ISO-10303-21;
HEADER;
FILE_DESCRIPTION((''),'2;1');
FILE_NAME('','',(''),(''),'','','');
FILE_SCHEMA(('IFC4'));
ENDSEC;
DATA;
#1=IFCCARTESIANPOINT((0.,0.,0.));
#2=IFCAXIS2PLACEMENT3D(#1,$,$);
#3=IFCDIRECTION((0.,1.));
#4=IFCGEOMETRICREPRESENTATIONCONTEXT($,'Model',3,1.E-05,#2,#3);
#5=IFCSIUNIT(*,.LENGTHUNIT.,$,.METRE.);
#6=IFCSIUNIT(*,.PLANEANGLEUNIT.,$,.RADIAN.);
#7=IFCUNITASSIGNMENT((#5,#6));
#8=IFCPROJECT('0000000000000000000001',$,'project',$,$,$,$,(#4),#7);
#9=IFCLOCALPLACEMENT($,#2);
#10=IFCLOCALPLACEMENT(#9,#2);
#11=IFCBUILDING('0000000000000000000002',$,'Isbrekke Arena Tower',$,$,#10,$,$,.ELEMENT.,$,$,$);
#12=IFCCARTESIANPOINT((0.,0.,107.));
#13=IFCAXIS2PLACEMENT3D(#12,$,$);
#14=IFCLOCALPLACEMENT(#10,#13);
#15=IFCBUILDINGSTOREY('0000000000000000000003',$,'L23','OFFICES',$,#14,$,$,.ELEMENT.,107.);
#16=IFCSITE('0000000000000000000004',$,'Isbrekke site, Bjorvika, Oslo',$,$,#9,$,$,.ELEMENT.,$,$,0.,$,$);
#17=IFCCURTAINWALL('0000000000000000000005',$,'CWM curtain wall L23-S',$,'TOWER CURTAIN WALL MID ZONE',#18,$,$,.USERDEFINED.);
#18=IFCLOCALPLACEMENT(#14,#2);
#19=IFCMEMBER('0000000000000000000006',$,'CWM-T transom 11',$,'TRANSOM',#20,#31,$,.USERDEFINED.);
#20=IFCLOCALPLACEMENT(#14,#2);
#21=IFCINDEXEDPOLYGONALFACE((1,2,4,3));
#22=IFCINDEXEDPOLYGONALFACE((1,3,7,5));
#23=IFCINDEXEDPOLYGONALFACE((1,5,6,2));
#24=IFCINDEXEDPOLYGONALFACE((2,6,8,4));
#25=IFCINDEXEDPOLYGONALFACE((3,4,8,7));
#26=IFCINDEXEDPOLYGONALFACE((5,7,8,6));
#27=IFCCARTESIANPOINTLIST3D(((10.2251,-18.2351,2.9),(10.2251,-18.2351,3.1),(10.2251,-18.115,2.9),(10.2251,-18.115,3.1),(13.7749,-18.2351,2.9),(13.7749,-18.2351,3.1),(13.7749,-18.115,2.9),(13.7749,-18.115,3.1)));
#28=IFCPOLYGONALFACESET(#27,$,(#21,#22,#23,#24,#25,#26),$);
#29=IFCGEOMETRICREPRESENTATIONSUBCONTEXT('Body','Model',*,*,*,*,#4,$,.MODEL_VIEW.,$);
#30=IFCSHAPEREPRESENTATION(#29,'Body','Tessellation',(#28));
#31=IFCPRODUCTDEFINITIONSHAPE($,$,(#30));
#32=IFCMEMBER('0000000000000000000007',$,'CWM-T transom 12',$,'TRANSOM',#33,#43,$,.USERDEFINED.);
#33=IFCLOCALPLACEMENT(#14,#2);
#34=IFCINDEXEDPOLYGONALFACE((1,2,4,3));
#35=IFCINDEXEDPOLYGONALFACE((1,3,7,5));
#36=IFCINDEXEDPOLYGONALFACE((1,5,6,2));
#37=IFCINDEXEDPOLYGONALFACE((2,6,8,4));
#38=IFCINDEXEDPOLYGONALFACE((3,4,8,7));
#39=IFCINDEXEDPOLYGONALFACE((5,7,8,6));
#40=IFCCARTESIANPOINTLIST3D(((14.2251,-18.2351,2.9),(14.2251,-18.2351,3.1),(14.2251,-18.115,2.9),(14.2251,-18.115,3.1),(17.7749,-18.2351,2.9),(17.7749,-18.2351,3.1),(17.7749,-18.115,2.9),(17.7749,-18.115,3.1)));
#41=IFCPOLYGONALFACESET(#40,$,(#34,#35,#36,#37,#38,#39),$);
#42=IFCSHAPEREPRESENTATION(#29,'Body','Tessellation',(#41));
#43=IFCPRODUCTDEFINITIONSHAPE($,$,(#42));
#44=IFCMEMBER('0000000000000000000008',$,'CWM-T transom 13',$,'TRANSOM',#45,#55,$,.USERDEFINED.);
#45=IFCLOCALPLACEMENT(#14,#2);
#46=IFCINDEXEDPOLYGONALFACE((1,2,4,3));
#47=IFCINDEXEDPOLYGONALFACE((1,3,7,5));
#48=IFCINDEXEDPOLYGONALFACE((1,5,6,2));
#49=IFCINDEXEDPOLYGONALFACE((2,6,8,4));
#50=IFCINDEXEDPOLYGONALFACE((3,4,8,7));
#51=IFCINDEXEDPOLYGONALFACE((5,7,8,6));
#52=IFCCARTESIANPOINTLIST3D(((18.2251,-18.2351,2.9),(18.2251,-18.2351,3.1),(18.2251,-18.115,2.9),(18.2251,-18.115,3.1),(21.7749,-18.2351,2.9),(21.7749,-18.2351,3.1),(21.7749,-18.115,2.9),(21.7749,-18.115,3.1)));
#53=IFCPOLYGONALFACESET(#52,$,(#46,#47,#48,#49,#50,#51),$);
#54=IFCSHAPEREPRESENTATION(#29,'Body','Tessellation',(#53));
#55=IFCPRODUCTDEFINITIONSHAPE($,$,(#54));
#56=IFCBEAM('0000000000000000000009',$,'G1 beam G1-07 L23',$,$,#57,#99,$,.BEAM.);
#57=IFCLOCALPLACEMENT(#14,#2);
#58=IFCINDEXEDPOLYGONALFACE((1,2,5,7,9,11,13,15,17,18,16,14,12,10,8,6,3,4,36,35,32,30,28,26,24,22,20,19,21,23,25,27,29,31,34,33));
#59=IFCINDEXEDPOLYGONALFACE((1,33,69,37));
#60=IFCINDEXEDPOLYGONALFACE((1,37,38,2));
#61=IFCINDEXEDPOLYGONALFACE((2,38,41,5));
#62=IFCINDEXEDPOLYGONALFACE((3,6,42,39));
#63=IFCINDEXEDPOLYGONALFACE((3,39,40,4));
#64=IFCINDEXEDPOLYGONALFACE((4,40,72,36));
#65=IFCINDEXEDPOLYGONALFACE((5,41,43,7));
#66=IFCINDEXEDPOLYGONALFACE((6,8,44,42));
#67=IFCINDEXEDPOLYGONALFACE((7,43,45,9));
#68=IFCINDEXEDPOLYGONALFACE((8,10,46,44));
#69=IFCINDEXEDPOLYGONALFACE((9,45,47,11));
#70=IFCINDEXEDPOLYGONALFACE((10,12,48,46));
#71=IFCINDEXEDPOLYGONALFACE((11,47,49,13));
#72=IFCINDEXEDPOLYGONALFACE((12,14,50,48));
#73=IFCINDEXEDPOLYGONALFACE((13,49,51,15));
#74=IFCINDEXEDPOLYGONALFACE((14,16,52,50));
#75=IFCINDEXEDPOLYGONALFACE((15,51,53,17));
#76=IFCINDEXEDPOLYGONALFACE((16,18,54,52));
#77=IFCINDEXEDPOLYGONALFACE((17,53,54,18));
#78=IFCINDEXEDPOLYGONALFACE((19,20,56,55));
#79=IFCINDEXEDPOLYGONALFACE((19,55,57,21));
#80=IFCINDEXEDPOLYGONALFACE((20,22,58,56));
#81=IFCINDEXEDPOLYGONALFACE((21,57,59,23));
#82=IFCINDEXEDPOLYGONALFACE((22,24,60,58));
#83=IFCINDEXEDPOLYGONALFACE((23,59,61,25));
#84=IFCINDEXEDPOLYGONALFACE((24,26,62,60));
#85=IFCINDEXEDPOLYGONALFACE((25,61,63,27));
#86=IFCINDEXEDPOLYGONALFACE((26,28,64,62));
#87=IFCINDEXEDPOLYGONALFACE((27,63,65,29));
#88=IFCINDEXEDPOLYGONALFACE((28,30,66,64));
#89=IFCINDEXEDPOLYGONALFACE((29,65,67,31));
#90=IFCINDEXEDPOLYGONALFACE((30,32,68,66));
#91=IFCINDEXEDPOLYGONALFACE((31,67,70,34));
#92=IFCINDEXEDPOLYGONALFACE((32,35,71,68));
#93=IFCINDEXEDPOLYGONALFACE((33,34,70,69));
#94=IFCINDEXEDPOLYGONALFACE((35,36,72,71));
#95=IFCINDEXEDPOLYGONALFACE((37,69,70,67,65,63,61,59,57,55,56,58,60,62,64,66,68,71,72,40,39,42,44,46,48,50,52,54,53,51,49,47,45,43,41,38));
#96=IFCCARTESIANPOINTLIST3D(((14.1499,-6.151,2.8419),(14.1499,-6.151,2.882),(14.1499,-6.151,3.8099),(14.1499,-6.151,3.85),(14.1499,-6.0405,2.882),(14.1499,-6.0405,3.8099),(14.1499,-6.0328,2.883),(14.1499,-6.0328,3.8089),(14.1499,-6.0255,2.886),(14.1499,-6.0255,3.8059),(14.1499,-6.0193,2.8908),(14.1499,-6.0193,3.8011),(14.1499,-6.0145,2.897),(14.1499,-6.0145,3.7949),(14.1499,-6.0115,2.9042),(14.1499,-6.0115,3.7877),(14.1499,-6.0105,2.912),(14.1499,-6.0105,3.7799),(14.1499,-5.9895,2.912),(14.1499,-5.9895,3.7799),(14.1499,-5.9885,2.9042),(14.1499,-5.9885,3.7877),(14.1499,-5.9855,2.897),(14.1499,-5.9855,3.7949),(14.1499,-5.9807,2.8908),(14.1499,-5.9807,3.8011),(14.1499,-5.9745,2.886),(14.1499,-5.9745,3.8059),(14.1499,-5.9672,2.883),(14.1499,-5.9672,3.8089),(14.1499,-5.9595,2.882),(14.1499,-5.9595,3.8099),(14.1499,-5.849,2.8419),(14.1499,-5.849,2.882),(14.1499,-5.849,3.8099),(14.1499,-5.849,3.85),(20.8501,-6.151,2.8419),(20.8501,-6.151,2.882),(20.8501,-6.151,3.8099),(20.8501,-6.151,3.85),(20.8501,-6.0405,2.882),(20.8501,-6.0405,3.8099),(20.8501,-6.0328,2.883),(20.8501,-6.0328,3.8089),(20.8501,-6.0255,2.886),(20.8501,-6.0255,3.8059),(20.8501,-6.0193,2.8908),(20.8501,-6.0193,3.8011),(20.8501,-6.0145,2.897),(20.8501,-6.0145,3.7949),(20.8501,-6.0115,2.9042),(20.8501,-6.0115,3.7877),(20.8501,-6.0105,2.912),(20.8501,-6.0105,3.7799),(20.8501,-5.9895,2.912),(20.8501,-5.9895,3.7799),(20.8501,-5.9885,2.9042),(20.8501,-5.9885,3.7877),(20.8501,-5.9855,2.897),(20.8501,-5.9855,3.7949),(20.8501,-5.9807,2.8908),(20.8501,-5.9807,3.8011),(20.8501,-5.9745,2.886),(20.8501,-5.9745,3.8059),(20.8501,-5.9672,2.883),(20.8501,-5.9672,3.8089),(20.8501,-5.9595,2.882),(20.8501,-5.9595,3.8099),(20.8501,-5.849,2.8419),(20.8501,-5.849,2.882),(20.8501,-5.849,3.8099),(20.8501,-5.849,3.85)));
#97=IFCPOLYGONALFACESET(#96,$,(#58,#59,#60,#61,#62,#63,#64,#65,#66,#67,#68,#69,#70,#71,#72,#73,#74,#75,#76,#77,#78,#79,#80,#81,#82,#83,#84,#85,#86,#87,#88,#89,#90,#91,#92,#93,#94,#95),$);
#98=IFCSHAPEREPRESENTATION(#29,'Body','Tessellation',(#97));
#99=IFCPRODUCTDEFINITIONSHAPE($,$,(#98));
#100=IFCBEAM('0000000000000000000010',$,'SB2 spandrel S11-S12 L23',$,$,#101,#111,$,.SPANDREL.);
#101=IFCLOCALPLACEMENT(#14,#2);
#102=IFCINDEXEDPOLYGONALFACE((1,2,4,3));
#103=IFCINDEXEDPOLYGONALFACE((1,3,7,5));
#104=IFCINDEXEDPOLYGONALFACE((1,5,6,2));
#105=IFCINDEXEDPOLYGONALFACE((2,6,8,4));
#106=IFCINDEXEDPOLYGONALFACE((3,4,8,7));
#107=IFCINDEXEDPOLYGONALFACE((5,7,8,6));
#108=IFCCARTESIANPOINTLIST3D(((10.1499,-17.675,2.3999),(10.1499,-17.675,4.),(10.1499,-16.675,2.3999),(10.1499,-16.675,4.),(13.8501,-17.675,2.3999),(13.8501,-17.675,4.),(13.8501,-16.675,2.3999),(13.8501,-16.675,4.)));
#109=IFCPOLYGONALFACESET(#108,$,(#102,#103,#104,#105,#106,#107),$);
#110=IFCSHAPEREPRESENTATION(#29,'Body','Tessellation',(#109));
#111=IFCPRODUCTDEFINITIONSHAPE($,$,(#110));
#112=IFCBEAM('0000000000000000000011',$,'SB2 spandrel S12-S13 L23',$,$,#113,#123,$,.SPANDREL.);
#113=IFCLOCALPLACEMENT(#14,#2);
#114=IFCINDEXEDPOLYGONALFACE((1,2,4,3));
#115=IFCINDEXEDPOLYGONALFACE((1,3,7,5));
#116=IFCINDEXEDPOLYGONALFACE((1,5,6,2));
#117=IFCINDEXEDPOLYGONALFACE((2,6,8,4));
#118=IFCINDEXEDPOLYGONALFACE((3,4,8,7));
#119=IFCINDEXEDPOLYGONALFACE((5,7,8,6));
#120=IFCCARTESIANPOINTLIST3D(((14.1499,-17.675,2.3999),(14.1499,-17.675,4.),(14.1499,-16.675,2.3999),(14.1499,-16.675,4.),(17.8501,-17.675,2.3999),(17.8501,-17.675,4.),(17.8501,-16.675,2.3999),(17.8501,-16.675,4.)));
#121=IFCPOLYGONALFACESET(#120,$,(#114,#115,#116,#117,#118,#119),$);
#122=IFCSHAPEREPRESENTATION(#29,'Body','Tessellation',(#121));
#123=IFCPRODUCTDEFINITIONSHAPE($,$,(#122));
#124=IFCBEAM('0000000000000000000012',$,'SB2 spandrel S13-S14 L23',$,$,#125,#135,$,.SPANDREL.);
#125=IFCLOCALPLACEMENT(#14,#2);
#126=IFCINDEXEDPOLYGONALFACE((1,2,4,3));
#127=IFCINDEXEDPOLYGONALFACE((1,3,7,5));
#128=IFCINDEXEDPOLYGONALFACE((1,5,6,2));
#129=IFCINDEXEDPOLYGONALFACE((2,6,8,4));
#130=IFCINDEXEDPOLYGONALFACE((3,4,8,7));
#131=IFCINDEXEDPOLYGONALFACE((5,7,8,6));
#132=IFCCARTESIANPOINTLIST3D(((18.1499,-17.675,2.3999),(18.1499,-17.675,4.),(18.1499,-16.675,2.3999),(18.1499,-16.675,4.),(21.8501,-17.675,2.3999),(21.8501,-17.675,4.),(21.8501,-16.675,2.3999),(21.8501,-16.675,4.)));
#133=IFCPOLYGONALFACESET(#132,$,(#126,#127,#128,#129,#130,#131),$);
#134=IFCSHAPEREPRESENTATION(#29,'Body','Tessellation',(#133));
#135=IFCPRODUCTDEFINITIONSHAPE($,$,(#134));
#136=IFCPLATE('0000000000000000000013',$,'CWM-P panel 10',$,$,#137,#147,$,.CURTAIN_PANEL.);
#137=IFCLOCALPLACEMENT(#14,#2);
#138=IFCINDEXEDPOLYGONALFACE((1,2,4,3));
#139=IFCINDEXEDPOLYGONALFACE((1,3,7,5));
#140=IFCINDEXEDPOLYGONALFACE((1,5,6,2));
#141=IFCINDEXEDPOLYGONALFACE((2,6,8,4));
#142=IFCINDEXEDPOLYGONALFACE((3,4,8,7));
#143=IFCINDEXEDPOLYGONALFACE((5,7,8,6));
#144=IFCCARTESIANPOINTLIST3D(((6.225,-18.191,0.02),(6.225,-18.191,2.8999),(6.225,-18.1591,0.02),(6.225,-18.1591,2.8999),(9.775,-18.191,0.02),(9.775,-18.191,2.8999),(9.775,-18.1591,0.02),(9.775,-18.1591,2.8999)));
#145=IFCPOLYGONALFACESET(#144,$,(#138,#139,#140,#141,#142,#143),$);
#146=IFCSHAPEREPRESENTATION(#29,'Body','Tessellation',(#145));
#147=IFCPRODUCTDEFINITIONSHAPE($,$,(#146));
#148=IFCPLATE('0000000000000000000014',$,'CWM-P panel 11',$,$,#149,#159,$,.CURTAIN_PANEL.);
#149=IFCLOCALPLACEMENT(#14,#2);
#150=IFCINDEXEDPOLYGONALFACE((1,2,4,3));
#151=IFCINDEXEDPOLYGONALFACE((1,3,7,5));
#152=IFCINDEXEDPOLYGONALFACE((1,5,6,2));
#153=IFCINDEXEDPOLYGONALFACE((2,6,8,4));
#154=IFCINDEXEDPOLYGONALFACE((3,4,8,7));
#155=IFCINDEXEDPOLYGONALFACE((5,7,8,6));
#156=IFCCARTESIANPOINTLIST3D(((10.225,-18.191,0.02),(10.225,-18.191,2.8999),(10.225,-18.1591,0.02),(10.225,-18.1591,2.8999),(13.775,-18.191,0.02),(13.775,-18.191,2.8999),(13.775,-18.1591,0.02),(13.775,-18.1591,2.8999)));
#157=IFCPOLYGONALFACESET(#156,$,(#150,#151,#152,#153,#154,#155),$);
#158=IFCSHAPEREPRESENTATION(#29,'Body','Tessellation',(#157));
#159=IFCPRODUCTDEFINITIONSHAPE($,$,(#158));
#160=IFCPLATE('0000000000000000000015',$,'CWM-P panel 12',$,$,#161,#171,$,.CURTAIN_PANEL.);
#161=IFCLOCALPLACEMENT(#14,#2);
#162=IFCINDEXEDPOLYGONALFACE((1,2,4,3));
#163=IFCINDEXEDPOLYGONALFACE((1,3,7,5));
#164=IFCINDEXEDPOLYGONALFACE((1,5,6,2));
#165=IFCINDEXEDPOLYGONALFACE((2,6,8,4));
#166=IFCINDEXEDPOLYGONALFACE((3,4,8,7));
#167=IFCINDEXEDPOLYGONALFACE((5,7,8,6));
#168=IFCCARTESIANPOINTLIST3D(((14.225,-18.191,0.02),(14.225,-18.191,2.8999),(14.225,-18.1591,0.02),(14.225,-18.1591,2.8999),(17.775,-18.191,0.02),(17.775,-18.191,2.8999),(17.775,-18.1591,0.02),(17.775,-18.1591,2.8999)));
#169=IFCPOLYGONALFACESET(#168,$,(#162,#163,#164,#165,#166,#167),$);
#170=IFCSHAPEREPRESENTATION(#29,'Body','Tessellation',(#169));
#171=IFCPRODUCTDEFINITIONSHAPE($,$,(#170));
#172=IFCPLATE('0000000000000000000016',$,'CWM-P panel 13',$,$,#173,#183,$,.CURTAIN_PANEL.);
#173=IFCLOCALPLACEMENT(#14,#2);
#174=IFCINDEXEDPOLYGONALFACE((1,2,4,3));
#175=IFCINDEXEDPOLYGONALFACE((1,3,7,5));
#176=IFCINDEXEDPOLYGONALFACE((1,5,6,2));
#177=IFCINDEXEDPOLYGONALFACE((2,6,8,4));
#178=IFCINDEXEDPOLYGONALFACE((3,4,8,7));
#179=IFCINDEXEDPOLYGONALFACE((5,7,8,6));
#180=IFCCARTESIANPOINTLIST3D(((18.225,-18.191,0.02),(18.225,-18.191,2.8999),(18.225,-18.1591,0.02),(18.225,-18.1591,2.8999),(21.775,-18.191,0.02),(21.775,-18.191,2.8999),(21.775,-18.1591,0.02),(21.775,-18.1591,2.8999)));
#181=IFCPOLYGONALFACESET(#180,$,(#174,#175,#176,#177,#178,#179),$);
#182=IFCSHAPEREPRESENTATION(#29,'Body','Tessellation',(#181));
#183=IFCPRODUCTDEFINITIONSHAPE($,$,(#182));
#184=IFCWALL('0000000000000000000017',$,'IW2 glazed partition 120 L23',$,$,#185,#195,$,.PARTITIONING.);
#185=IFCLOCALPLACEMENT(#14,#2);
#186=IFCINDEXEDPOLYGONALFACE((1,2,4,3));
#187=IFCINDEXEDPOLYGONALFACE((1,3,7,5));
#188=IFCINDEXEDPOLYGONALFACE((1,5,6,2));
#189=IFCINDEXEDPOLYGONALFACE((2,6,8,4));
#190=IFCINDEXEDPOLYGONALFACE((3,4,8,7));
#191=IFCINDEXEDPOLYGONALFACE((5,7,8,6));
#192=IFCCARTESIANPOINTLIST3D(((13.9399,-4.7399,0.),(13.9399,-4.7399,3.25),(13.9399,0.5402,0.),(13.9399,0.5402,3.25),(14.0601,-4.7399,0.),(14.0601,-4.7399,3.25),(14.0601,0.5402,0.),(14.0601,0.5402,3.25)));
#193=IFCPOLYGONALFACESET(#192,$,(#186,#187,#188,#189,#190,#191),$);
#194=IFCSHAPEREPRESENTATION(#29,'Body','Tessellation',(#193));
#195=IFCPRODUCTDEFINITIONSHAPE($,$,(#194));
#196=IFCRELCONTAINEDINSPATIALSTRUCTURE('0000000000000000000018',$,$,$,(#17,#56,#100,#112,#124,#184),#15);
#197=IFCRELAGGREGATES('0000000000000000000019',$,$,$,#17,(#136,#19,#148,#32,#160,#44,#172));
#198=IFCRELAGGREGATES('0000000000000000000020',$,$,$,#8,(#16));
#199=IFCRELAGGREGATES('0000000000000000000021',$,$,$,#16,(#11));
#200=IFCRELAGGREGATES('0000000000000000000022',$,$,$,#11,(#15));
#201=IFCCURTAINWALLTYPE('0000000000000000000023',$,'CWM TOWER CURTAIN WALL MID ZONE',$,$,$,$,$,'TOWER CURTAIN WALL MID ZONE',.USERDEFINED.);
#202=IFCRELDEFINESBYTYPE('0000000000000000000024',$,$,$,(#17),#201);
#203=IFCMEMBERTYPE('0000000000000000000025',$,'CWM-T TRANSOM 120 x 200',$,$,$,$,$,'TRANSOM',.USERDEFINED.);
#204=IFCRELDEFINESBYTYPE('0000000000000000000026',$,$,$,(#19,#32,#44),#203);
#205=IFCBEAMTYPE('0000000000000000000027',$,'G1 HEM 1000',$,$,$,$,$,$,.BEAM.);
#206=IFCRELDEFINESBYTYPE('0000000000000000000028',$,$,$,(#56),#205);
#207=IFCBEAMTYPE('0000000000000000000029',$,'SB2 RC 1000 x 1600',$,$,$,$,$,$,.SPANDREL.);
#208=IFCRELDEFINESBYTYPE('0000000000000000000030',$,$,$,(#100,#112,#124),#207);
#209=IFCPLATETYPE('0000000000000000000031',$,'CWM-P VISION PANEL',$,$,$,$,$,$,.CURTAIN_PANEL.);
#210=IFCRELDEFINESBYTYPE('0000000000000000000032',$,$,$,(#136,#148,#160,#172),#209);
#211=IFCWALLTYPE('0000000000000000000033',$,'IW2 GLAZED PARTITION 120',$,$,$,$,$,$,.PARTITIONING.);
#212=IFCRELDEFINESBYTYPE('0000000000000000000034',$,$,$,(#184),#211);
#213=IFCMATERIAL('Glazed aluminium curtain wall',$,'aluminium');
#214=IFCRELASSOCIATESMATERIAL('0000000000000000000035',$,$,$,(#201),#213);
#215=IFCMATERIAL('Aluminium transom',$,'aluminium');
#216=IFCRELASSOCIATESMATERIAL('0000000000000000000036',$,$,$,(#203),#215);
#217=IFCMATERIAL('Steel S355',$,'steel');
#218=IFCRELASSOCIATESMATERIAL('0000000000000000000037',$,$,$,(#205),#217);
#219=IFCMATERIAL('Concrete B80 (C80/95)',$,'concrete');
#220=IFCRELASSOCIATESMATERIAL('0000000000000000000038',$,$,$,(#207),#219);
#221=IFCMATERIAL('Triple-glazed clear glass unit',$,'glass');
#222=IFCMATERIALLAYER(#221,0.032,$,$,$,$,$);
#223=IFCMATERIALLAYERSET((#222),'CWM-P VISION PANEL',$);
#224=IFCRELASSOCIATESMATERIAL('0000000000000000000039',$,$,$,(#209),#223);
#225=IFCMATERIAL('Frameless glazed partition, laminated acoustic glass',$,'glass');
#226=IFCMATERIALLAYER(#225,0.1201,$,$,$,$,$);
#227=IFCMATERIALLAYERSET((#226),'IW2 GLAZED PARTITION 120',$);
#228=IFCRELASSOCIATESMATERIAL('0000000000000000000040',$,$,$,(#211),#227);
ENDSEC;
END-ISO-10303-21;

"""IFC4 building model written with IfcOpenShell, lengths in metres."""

from ifc_helpers import new_model, si_unit, direction, frame, frame_2d, origin, origin_2d, place, context, subcontext, project, spatial, rectangle, i_section, extrude, material, layer, layer_set, material_profile, profile_set, type_object, element, aggregate, save


model = new_model("IFC4")

# Units and contexts
model_context = context("Model", 3, precision=1e-05, world=origin(), true_north=direction((0.0, 1.0)))
body_context = subcontext(model_context, "Body", "Model", "MODEL_VIEW")
ifc_project = project(units=[si_unit("LENGTHUNIT", "METRE"), si_unit("PLANEANGLEUNIT", "RADIAN")], contexts=[model_context])

# Site, building, storey
site_placement = place(None, origin())
site = spatial("IfcSite", under=ifc_project, at=site_placement, Name="Isbrekke site, Bjorvika, Oslo", CompositionType="ELEMENT", RefElevation=0.0)
building_placement = place(site_placement, origin())
building = spatial("IfcBuilding", under=site, at=building_placement, Name="Isbrekke Arena Tower", CompositionType="ELEMENT")
storey_placement = place(building_placement, frame((0.0, 0.0, 107.0)))
storey = spatial("IfcBuildingStorey", under=building, at=storey_placement, Name="L23", Description="OFFICES", CompositionType="ELEMENT", Elevation=107.0)

# Curtain wall, members
ifc_material_1 = material(Name="Glazed aluminium curtain wall", Category="aluminium")
curtain_wall_type = type_object("IfcCurtainWallType", Name="CWM TOWER CURTAIN WALL MID ZONE", ElementType="TOWER CURTAIN WALL MID ZONE", PredefinedType="USERDEFINED", material=ifc_material_1)
curtain_wall_placement = place(storey_placement, origin())
curtain_wall = element("IfcCurtainWall", 1, at=curtain_wall_placement, inside=storey, type_object=curtain_wall_type, Name="CWM curtain wall L23-S", ObjectType="TOWER CURTAIN WALL MID ZONE", PredefinedType="USERDEFINED")
ifc_material_2 = material(Name="Aluminium transom", Category="aluminium")
ifc_material_profile_1 = material_profile(ifc_material_2, rectangle(XDim=0.1201, YDim=0.2, at=origin_2d()), Name="TRANSOM 120X200")
ifc_profile_set_1 = profile_set([ifc_material_profile_1], Name="Aluminium transom")
member_type_1 = type_object("IfcMemberType", Name="CWM-T TRANSOM 120 x 200", ElementType="TRANSOM", PredefinedType="USERDEFINED", material=ifc_profile_set_1)
member_1_placement = place(storey_placement, frame((10.2251, -18.175, 3.0), z_axis=(1.0, 0.0, 0.0), x_axis=(0.0, 1.0, 0.0)))
member_1 = element("IfcMember", 2, at=member_1_placement, type_object=member_type_1, Name="CWM-T transom 11", ObjectType="TRANSOM", PredefinedType="USERDEFINED", context=body_context, shape_type="SweptSolid", body=[
    extrude(rectangle(XDim=0.1201, YDim=0.2, at=origin_2d()), origin(), (0.0, 0.0, 1.0), 3.5498),
])
member_2_placement = place(storey_placement, frame((14.2251, -18.175, 3.0), z_axis=(1.0, 0.0, 0.0), x_axis=(0.0, 1.0, 0.0)))
member_2 = element("IfcMember", 3, at=member_2_placement, type_object=member_type_1, Name="CWM-T transom 12", ObjectType="TRANSOM", PredefinedType="USERDEFINED", context=body_context, shape_type="SweptSolid", body=[
    extrude(rectangle(XDim=0.1201, YDim=0.2, at=origin_2d()), origin(), (0.0, 0.0, 1.0), 3.5498),
])
member_3_placement = place(storey_placement, frame((18.2251, -18.175, 3.0), z_axis=(1.0, 0.0, 0.0), x_axis=(0.0, 1.0, 0.0)))
member_3 = element("IfcMember", 4, at=member_3_placement, type_object=member_type_1, Name="CWM-T transom 13", ObjectType="TRANSOM", PredefinedType="USERDEFINED", context=body_context, shape_type="SweptSolid", body=[
    extrude(rectangle(XDim=0.1201, YDim=0.2, at=origin_2d()), origin(), (0.0, 0.0, 1.0), 3.5498),
])

# Beams
ifc_material_3 = material(Name="Steel S355", Category="steel")
ifc_material_profile_2 = material_profile(ifc_material_3, i_section(OverallWidth=0.302, OverallDepth=1.0081, WebThickness=0.021, FlangeThickness=0.04, FilletRadius=0.03, at=origin_2d()), Name="HEM 1000")
ifc_profile_set_2 = profile_set([ifc_material_profile_2], Name="Steel S355")
beam_type_1 = type_object("IfcBeamType", Name="G1 HEM 1000", PredefinedType="BEAM", material=ifc_profile_set_2)
beam_1_placement = place(storey_placement, frame((14.1499, -6.0, 3.3459), z_axis=(1.0, 0.0, 0.0), x_axis=(0.0, 1.0, 0.0)))
element("IfcBeam", 5, at=beam_1_placement, inside=storey, type_object=beam_type_1, Name="G1 beam G1-07 L23", PredefinedType="BEAM", context=body_context, shape_type="SweptSolid", body=[
    extrude(i_section(OverallWidth=0.302, OverallDepth=1.0081, WebThickness=0.021, FlangeThickness=0.04, FilletRadius=0.03, at=origin_2d()), origin(), (0.0, 0.0, 1.0), 6.7002),
])
ifc_material_4 = material(Name="Concrete B80 (C80/95)", Category="concrete")
ifc_material_profile_3 = material_profile(ifc_material_4, rectangle(XDim=1.0, YDim=1.6001, at=origin_2d()), Name="RC 1000x1600")
ifc_profile_set_3 = profile_set([ifc_material_profile_3], Name="Concrete B80 (C80/95)")
beam_type_2 = type_object("IfcBeamType", Name="SB2 RC 1000 x 1600", PredefinedType="SPANDREL", material=ifc_profile_set_3)
for number, where, z_axis, x_axis, name in (
    (6, (10.1499, -17.175, 3.2), (1.0, 0.0, 0.0), (0.0, 1.0, 0.0), "SB2 spandrel S11-S12 L23"),
    (7, (14.1499, -17.175, 3.2), (1.0, 0.0, 0.0), (0.0, 1.0, 0.0), "SB2 spandrel S12-S13 L23"),
    (8, (18.1499, -17.175, 3.2), (1.0, 0.0, 0.0), (0.0, 1.0, 0.0), "SB2 spandrel S13-S14 L23"),
):
    element("IfcBeam", number, at=place(storey_placement, frame(where, z_axis=z_axis, x_axis=x_axis)), inside=storey, type_object=beam_type_2, Name=name, PredefinedType="SPANDREL", context=body_context, shape_type="SweptSolid", body=[
        extrude(rectangle(XDim=1.0, YDim=1.6001, at=origin_2d()), origin(), (0.0, 0.0, 1.0), 3.7002),
    ])

# Plates
ifc_material_5 = material(Name="Triple-glazed clear glass unit", Category="glass")
ifc_layer_1 = layer(ifc_material_5, 0.032)
ifc_layer_set_1 = layer_set([ifc_layer_1], Name="CWM-P VISION PANEL")
plate_type = type_object("IfcPlateType", Name="CWM-P VISION PANEL", PredefinedType="CURTAIN_PANEL", material=ifc_layer_set_1)
plate_1_placement = place(storey_placement, frame((8.0, -18.175, 0.02), z_axis=(0.0, 0.0, 1.0), x_axis=(1.0, 0.0, 0.0)))
plate_1 = element("IfcPlate", 9, at=plate_1_placement, type_object=plate_type, Name="CWM-P panel 10", PredefinedType="CURTAIN_PANEL", context=body_context, shape_type="SweptSolid", body=[
    extrude(rectangle(XDim=3.55, YDim=0.032, at=origin_2d()), origin(), (0.0, 0.0, 1.0), 2.8799),
])
plate_2_placement = place(storey_placement, frame((12.0, -18.175, 0.02), z_axis=(0.0, 0.0, 1.0), x_axis=(1.0, 0.0, 0.0)))
plate_2 = element("IfcPlate", 10, at=plate_2_placement, type_object=plate_type, Name="CWM-P panel 11", PredefinedType="CURTAIN_PANEL", context=body_context, shape_type="SweptSolid", body=[
    extrude(rectangle(XDim=3.55, YDim=0.032, at=origin_2d()), origin(), (0.0, 0.0, 1.0), 2.8799),
])
plate_3_placement = place(storey_placement, frame((16.0, -18.175, 0.02), z_axis=(0.0, 0.0, 1.0), x_axis=(1.0, 0.0, 0.0)))
plate_3 = element("IfcPlate", 11, at=plate_3_placement, type_object=plate_type, Name="CWM-P panel 12", PredefinedType="CURTAIN_PANEL", context=body_context, shape_type="SweptSolid", body=[
    extrude(rectangle(XDim=3.55, YDim=0.032, at=origin_2d()), origin(), (0.0, 0.0, 1.0), 2.8799),
])
plate_4_placement = place(storey_placement, frame((20.0, -18.175, 0.02), z_axis=(0.0, 0.0, 1.0), x_axis=(1.0, 0.0, 0.0)))
plate_4 = element("IfcPlate", 12, at=plate_4_placement, type_object=plate_type, Name="CWM-P panel 13", PredefinedType="CURTAIN_PANEL", context=body_context, shape_type="SweptSolid", body=[
    extrude(rectangle(XDim=3.55, YDim=0.032, at=origin_2d()), origin(), (0.0, 0.0, 1.0), 2.8799),
])
aggregate(curtain_wall, [plate_1, member_1, plate_2, member_2, plate_3, member_3, plate_4])

# Wall
ifc_material_6 = material(Name="Frameless glazed partition, laminated acoustic glass", Category="glass")
ifc_layer_2 = layer(ifc_material_6, 0.1201)
ifc_layer_set_2 = layer_set([ifc_layer_2], Name="IW2 GLAZED PARTITION 120")
wall_type_1 = type_object("IfcWallType", Name="IW2 GLAZED PARTITION 120", PredefinedType="PARTITIONING", material=ifc_layer_set_2)
wall_1_placement = place(storey_placement, frame((14.0, -4.74, 0.0), z_axis=(0.0, 0.0, 1.0), x_axis=(0.0, 1.0, 0.0)))
element("IfcWall", 13, at=wall_1_placement, inside=storey, type_object=wall_type_1, Name="IW2 glazed partition 120 L23", PredefinedType="PARTITIONING", context=body_context, shape_type="SweptSolid", body=[
    extrude(rectangle(XDim=5.28, YDim=0.1201, at=frame_2d((2.6401, 0.0))), origin(), (0.0, 0.0, 1.0), 3.25),
])

save(model, "model.ifc")
